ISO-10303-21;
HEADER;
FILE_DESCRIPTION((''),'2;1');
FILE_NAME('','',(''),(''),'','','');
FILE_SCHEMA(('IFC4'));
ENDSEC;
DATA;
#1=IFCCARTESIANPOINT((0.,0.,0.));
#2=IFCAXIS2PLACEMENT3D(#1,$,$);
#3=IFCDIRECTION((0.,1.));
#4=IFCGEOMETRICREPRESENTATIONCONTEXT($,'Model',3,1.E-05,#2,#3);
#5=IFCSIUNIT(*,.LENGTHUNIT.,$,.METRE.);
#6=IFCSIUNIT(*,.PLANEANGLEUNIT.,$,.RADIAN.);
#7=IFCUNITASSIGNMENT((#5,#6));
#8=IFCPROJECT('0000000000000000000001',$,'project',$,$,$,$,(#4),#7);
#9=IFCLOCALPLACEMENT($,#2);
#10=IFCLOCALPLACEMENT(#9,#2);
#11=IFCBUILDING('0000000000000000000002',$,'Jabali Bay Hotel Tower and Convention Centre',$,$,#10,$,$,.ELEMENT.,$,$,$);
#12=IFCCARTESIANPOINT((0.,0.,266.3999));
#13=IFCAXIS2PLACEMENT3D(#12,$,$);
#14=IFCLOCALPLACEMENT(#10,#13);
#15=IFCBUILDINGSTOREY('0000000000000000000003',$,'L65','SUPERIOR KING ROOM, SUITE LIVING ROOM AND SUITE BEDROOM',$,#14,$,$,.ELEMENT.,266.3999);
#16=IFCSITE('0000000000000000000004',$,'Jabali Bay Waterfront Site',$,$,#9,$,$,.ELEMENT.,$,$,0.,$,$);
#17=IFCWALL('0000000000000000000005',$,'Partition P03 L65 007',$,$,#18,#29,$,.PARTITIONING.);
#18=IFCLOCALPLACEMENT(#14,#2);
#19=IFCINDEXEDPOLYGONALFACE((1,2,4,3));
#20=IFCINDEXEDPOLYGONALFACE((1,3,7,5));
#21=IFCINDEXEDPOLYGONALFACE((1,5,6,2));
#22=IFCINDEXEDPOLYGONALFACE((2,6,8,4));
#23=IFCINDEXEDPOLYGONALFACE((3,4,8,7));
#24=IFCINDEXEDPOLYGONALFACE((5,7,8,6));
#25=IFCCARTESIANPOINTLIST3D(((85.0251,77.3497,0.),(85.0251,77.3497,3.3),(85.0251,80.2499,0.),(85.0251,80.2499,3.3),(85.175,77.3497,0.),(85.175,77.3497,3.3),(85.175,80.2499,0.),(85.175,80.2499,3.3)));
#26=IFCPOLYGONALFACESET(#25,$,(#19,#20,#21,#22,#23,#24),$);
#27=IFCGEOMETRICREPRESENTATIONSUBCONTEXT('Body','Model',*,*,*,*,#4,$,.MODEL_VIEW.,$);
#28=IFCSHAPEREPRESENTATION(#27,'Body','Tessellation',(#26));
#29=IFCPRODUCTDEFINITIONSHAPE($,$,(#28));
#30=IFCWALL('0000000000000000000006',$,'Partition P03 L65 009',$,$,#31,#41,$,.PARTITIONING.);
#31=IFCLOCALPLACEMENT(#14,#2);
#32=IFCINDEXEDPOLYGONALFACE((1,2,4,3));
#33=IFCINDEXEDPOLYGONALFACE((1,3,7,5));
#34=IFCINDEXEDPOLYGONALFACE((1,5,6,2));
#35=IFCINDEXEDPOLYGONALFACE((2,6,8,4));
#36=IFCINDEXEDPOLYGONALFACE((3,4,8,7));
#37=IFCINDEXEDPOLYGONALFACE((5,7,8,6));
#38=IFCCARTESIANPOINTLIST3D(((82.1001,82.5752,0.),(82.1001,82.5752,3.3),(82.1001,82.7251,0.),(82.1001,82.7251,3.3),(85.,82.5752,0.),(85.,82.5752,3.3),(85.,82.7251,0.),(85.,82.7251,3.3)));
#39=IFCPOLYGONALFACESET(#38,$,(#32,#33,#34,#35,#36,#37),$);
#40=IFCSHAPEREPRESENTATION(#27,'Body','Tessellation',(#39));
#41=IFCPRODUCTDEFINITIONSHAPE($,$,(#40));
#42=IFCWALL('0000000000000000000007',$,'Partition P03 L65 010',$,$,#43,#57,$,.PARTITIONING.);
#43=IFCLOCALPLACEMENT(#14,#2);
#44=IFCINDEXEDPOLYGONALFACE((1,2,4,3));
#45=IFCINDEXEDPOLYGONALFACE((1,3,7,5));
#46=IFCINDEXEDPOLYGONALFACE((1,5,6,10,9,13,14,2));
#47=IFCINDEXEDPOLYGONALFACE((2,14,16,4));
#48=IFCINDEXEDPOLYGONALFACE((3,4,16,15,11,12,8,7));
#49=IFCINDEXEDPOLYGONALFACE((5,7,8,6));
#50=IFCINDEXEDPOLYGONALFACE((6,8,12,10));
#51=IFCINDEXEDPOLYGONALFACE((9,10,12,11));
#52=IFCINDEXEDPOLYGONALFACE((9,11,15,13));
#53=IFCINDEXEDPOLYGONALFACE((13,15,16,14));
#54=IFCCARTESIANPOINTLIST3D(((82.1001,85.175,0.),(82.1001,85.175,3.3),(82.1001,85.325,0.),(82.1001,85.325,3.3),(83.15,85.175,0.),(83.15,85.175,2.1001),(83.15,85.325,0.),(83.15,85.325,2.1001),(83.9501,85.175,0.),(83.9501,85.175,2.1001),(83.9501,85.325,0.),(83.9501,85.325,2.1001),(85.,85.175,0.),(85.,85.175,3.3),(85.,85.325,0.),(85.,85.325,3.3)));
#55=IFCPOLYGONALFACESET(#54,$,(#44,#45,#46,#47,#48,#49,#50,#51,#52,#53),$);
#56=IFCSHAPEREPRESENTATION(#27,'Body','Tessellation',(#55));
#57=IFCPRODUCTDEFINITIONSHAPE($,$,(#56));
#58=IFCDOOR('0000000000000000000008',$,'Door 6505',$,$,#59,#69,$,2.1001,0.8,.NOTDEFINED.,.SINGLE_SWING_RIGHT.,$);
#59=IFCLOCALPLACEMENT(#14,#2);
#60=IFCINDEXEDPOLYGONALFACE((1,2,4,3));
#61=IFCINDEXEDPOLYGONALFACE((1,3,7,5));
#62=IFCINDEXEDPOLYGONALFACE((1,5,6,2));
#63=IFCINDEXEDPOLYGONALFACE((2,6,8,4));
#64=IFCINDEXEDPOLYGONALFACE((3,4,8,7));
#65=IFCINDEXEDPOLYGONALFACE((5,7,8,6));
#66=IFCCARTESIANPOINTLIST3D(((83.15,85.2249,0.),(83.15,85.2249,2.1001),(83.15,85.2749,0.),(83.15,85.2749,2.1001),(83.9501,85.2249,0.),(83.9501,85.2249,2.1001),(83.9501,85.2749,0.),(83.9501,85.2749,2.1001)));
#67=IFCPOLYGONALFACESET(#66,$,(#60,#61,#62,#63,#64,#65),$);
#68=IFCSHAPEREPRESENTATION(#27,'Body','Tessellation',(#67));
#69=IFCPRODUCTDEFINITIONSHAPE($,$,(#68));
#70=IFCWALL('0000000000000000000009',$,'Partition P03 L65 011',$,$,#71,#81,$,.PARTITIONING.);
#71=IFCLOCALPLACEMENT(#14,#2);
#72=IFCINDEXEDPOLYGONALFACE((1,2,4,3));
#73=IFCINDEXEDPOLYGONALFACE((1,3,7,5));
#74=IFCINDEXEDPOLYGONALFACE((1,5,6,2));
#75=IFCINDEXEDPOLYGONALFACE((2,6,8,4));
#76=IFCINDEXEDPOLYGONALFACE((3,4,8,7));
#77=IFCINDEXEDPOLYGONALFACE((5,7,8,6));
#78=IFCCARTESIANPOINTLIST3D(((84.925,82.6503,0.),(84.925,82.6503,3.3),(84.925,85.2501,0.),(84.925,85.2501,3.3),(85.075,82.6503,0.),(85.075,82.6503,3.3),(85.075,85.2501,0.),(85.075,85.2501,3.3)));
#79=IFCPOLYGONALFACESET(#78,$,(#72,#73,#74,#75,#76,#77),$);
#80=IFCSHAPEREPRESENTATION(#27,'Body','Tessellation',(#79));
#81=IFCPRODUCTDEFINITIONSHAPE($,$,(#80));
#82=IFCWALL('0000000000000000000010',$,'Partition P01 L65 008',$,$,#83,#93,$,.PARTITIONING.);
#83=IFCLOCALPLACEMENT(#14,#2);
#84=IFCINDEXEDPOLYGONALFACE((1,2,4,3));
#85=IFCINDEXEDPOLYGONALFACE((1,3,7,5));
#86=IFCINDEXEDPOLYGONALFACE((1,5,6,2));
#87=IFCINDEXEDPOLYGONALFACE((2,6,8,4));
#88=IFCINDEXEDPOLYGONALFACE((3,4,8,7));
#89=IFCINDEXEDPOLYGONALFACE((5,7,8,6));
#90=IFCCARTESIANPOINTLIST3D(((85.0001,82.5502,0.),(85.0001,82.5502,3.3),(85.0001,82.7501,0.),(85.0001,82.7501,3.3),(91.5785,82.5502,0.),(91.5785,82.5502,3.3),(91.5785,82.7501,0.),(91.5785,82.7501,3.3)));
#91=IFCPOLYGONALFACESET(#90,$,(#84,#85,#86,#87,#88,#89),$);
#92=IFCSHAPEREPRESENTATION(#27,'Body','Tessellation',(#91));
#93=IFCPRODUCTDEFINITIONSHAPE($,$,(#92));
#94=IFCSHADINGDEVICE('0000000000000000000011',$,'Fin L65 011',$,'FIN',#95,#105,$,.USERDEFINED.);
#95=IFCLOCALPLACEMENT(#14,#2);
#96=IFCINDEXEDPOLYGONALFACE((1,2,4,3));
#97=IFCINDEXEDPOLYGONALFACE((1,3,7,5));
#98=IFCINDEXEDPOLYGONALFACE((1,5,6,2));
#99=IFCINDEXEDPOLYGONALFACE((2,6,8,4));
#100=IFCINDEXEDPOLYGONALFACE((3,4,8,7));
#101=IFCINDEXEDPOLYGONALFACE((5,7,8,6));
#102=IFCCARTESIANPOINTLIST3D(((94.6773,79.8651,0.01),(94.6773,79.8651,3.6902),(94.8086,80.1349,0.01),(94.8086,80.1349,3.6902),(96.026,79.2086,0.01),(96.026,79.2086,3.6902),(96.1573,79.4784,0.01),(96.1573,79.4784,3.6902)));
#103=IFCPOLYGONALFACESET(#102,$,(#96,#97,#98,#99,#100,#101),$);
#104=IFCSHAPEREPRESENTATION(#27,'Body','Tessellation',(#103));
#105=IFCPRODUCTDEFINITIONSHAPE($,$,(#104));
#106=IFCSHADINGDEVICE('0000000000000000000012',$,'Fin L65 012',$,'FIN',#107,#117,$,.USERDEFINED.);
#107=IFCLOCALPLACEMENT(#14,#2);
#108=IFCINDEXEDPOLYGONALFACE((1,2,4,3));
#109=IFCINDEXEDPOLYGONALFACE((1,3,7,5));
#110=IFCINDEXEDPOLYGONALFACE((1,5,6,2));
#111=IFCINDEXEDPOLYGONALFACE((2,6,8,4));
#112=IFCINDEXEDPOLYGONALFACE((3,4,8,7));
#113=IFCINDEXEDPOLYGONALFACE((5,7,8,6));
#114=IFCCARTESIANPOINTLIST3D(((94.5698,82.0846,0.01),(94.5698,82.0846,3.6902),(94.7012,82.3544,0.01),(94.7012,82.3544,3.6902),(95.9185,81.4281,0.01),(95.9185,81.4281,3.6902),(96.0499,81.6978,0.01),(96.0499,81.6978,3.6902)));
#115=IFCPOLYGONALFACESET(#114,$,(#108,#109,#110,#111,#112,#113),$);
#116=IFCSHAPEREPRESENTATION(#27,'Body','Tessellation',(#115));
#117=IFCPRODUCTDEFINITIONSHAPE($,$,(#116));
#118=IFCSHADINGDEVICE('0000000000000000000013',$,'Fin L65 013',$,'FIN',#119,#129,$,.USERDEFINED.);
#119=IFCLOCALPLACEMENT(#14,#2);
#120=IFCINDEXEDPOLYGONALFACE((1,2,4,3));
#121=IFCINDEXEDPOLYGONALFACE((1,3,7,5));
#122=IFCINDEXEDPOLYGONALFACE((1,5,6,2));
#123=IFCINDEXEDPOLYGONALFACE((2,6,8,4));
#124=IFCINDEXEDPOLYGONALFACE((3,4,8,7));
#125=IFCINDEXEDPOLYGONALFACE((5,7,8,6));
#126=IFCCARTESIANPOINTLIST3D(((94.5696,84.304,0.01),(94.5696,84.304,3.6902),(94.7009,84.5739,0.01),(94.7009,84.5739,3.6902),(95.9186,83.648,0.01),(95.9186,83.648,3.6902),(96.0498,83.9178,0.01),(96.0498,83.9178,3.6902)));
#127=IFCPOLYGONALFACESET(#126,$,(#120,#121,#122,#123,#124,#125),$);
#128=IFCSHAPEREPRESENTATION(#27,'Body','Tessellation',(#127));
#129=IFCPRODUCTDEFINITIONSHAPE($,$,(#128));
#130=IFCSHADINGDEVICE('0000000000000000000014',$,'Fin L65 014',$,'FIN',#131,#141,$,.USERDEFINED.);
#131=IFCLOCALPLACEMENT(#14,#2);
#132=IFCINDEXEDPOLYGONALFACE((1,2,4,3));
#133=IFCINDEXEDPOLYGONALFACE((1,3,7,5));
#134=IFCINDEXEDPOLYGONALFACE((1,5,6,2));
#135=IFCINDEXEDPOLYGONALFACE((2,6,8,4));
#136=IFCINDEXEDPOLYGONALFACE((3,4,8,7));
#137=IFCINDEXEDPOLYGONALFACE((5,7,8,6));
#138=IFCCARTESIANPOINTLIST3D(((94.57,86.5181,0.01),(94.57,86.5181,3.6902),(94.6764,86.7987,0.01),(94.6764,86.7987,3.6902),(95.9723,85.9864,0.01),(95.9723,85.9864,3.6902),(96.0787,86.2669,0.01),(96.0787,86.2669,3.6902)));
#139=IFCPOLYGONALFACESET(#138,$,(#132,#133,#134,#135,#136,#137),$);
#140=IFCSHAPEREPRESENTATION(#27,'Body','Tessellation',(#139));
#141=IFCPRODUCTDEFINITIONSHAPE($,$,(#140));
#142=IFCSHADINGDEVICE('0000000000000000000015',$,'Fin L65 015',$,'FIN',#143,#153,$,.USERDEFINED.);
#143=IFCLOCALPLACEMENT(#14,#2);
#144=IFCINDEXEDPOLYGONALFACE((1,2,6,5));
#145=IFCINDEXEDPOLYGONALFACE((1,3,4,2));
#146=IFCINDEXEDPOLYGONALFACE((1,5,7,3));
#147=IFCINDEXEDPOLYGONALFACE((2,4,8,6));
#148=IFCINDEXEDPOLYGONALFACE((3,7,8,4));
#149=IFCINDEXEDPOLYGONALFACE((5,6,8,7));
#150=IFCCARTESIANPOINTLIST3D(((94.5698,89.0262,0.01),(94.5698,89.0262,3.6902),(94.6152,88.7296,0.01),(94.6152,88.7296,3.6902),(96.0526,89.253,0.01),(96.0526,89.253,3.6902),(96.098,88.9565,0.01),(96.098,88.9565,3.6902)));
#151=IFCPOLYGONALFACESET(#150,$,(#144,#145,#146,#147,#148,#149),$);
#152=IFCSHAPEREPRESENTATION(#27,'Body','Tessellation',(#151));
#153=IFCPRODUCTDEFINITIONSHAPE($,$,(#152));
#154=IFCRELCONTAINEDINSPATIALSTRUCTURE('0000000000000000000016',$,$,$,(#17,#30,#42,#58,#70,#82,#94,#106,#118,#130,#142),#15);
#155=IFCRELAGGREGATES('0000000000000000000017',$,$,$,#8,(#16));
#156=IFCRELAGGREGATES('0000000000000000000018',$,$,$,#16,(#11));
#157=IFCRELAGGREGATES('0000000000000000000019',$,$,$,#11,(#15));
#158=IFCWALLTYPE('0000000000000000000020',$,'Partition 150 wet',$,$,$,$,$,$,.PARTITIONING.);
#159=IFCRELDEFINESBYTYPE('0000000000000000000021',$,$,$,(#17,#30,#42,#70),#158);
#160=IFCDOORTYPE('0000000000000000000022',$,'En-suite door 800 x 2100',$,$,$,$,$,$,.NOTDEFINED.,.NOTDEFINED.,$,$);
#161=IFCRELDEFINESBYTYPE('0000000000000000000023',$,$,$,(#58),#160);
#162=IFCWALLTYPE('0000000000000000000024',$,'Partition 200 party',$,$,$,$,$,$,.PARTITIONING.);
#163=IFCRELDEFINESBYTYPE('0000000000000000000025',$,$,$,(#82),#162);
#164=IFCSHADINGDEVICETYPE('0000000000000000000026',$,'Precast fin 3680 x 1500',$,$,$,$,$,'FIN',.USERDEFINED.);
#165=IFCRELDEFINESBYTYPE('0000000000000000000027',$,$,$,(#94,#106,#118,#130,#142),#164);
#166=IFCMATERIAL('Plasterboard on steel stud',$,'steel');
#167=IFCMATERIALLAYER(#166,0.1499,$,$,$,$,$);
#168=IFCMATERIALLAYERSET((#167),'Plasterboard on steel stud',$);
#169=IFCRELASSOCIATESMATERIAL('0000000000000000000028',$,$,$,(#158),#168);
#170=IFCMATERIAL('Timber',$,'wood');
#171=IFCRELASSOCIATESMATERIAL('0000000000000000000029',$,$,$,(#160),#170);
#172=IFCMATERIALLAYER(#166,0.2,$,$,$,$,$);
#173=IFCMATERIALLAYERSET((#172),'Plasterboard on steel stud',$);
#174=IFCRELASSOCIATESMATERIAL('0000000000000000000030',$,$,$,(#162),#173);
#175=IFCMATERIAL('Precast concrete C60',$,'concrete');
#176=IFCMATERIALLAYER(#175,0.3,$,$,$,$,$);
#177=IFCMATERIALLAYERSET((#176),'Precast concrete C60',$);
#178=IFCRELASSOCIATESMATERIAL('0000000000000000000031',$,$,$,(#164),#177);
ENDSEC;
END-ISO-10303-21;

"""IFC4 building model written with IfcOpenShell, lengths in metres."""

from ifc_helpers import new_model, si_unit, direction, frame, frame_2d, origin, place, context, subcontext, project, spatial, rectangle, extrude, material, layer, layer_set, type_object, element, fill, save


model = new_model("IFC4")

# Units and contexts
model_context = context("Model", 3, precision=1e-05, world=origin(), true_north=direction((0.0, 1.0)))
body_context = subcontext(model_context, "Body", "Model", "MODEL_VIEW")
ifc_project = project(units=[si_unit("LENGTHUNIT", "METRE"), si_unit("PLANEANGLEUNIT", "RADIAN")], contexts=[model_context])

# Site, building, storey
site_placement = place(None, origin())
site = spatial("IfcSite", under=ifc_project, at=site_placement, Name="Jabali Bay Waterfront Site", CompositionType="ELEMENT", RefElevation=0.0)
building_placement = place(site_placement, origin())
building = spatial("IfcBuilding", under=site, at=building_placement, Name="Jabali Bay Hotel Tower and Convention Centre", CompositionType="ELEMENT")
storey_placement = place(building_placement, frame((0.0, 0.0, 266.3999)))
storey = spatial("IfcBuildingStorey", under=building, at=storey_placement, Name="L65", Description="SUPERIOR KING ROOM, SUITE LIVING ROOM AND SUITE BEDROOM", CompositionType="ELEMENT", Elevation=266.3999)

# Shared definitions
ifc_material_1 = material(Name="Plasterboard on steel stud", Category="steel")
ifc_layer_1 = layer(ifc_material_1, 0.1499)
ifc_layer_set_1 = layer_set([ifc_layer_1], Name="Plasterboard on steel stud")
wall_type_1 = type_object("IfcWallType", Name="Partition 150 wet", PredefinedType="PARTITIONING", material=ifc_layer_set_1)
ifc_material_2 = material(Name="Timber", Category="wood")

# Walls
wall_1_placement = place(storey_placement, frame((85.1001, 80.25, 0.0), z_axis=(0.0, 0.0, 1.0), x_axis=(0.0, -1.0, 0.0)))
element("IfcWall", 1, at=wall_1_placement, inside=storey, type_object=wall_type_1, Name="Partition P03 L65 007", PredefinedType="PARTITIONING", context=body_context, shape_type="SweptSolid", body=[
    extrude(rectangle(XDim=2.9001, YDim=0.1499, at=frame_2d((1.4502, 0.0))), origin(), (0.0, 0.0, 1.0), 3.3),
])
wall_2_placement = place(storey_placement, frame((85.0, 82.6501, 0.0), z_axis=(0.0, 0.0, 1.0), x_axis=(-1.0, 0.0, 0.0)))
element("IfcWall", 2, at=wall_2_placement, inside=storey, type_object=wall_type_1, Name="Partition P03 L65 009", PredefinedType="PARTITIONING", context=body_context, shape_type="SweptSolid", body=[
    extrude(rectangle(XDim=2.8999, YDim=0.1499, at=frame_2d((1.45, 0.0))), origin(), (0.0, 0.0, 1.0), 3.3),
])

# Wall, opening, door
wall_3_placement = place(storey_placement, frame((82.1001, 85.25, 0.0), z_axis=(0.0, 0.0, 1.0), x_axis=(1.0, 0.0, 0.0)))
wall_3 = element("IfcWall", 3, at=wall_3_placement, inside=storey, type_object=wall_type_1, Name="Partition P03 L65 010", PredefinedType="PARTITIONING", context=body_context, shape_type="SweptSolid", body=[
    extrude(rectangle(XDim=2.8999, YDim=0.1499, at=frame_2d((1.45, 0.0))), origin(), (0.0, 0.0, 1.0), 3.3),
])
opening_1_placement = place(wall_3_placement, frame((1.05, 0.0, 0.0)))
opening_1 = element("IfcOpeningElement", 4, at=opening_1_placement, cuts=wall_3, PredefinedType="OPENING", context=body_context, shape_type="SweptSolid", body=[
    extrude(rectangle(XDim=0.8, YDim=2.1001, at=frame_2d((0.3999, 1.05))), frame((0.0, 0.0854, 0.0), z_axis=(0.0, -1.0, 0.0), x_axis=(1.0, 0.0, 0.0)), (0.0, 0.0, 1.0), 0.1709),
])
door_type_1 = type_object("IfcDoorType", Name="En-suite door 800 x 2100", OperationType="NOTDEFINED", PredefinedType="NOTDEFINED", material=ifc_material_2)
door_1_placement = place(opening_1_placement, origin())
door_1 = element("IfcDoor", 5, at=door_1_placement, inside=storey, type_object=door_type_1, Name="Door 6505", OperationType="SINGLE_SWING_RIGHT", OverallHeight=2.1001, OverallWidth=0.8, PredefinedType="NOTDEFINED", context=body_context, shape_type="SweptSolid", body=[
    extrude(rectangle(XDim=0.8, YDim=2.1001, at=frame_2d((0.3999, 1.05))), frame((0.0, 0.0249, 0.0), z_axis=(0.0, -1.0, 0.0), x_axis=(1.0, 0.0, 0.0)), (0.0, 0.0, 1.0), 0.05),
])
fill(opening_1, door_1)

# Walls
wall_4_placement = place(storey_placement, frame((85.0, 85.25, 0.0), z_axis=(0.0, 0.0, 1.0), x_axis=(0.0, -1.0, 0.0)))
element("IfcWall", 6, at=wall_4_placement, inside=storey, type_object=wall_type_1, Name="Partition P03 L65 011", PredefinedType="PARTITIONING", context=body_context, shape_type="SweptSolid", body=[
    extrude(rectangle(XDim=2.5999, YDim=0.1499, at=frame_2d((1.2998, 0.0))), origin(), (0.0, 0.0, 1.0), 3.3),
])
ifc_layer_2 = layer(ifc_material_1, 0.2)
ifc_layer_set_2 = layer_set([ifc_layer_2], Name="Plasterboard on steel stud")
wall_type_2 = type_object("IfcWallType", Name="Partition 200 party", PredefinedType="PARTITIONING", material=ifc_layer_set_2)
wall_5_placement = place(storey_placement, frame((91.5784, 82.6501, 0.0), z_axis=(0.0, 0.0, 1.0), x_axis=(-1.0, 0.0, 0.0)))
element("IfcWall", 7, at=wall_5_placement, inside=storey, type_object=wall_type_2, Name="Partition P01 L65 008", PredefinedType="PARTITIONING", context=body_context, shape_type="SweptSolid", body=[
    extrude(rectangle(XDim=6.5784, YDim=0.2, at=frame_2d((3.2891, 0.0))), origin(), (0.0, 0.0, 1.0), 3.3),
])

# Shading devices
ifc_material_3 = material(Name="Precast concrete C60", Category="concrete")
ifc_layer_3 = layer(ifc_material_3, 0.3)
ifc_layer_set_3 = layer_set([ifc_layer_3], Name="Precast concrete C60")
shading_device_type = type_object("IfcShadingDeviceType", Name="Precast fin 3680 x 1500", ElementType="FIN", PredefinedType="USERDEFINED", material=ifc_layer_set_3)
for number, where, z_axis, x_axis, name in (
    (8, (94.7429, 80.0, 0.01), (0.0, 0.0, 1.0), (0.899129, -0.437683, 0.0), "Fin L65 011"),
    (9, (94.6355, 82.2195, 0.01), (0.0, 0.0, 1.0), (0.899129, -0.437683, 0.0), "Fin L65 012"),
    (10, (94.6353, 84.439, 0.01), (0.0, 0.0, 1.0), (0.899289, -0.437355, 0.0), "Fin L65 013"),
):
    element("IfcShadingDevice", number, at=place(storey_placement, frame(where, z_axis=z_axis, x_axis=x_axis)), inside=storey, type_object=shading_device_type, Name=name, ObjectType="FIN", PredefinedType="USERDEFINED", context=body_context, shape_type="SweptSolid", body=[
        extrude(rectangle(XDim=1.5, YDim=0.3, at=frame_2d((0.75, 0.0))), origin(), (0.0, 0.0, 1.0), 3.6802),
    ])
shading_device_1_placement = place(storey_placement, frame((94.623, 86.6584, 0.01), z_axis=(0.0, 0.0, 1.0), x_axis=(0.935038, -0.354546, 0.0)))
element("IfcShadingDevice", 11, at=shading_device_1_placement, inside=storey, type_object=shading_device_type, Name="Fin L65 014", ObjectType="FIN", PredefinedType="USERDEFINED", context=body_context, shape_type="SweptSolid", body=[
    extrude(rectangle(XDim=1.4998, YDim=0.3, at=frame_2d((0.75, 0.0))), origin(), (0.0, 0.0, 1.0), 3.6802),
])
shading_device_2_placement = place(storey_placement, frame((94.5925, 88.8779, 0.01), z_axis=(0.0, 0.0, 1.0), x_axis=(0.988501, 0.151213, 0.0)))
element("IfcShadingDevice", 12, at=shading_device_2_placement, inside=storey, type_object=shading_device_type, Name="Fin L65 015", ObjectType="FIN", PredefinedType="USERDEFINED", context=body_context, shape_type="SweptSolid", body=[
    extrude(rectangle(XDim=1.5, YDim=0.3, at=frame_2d((0.75, 0.0))), origin(), (0.0, 0.0, 1.0), 3.6802),
])

save(model, "model.ifc")
